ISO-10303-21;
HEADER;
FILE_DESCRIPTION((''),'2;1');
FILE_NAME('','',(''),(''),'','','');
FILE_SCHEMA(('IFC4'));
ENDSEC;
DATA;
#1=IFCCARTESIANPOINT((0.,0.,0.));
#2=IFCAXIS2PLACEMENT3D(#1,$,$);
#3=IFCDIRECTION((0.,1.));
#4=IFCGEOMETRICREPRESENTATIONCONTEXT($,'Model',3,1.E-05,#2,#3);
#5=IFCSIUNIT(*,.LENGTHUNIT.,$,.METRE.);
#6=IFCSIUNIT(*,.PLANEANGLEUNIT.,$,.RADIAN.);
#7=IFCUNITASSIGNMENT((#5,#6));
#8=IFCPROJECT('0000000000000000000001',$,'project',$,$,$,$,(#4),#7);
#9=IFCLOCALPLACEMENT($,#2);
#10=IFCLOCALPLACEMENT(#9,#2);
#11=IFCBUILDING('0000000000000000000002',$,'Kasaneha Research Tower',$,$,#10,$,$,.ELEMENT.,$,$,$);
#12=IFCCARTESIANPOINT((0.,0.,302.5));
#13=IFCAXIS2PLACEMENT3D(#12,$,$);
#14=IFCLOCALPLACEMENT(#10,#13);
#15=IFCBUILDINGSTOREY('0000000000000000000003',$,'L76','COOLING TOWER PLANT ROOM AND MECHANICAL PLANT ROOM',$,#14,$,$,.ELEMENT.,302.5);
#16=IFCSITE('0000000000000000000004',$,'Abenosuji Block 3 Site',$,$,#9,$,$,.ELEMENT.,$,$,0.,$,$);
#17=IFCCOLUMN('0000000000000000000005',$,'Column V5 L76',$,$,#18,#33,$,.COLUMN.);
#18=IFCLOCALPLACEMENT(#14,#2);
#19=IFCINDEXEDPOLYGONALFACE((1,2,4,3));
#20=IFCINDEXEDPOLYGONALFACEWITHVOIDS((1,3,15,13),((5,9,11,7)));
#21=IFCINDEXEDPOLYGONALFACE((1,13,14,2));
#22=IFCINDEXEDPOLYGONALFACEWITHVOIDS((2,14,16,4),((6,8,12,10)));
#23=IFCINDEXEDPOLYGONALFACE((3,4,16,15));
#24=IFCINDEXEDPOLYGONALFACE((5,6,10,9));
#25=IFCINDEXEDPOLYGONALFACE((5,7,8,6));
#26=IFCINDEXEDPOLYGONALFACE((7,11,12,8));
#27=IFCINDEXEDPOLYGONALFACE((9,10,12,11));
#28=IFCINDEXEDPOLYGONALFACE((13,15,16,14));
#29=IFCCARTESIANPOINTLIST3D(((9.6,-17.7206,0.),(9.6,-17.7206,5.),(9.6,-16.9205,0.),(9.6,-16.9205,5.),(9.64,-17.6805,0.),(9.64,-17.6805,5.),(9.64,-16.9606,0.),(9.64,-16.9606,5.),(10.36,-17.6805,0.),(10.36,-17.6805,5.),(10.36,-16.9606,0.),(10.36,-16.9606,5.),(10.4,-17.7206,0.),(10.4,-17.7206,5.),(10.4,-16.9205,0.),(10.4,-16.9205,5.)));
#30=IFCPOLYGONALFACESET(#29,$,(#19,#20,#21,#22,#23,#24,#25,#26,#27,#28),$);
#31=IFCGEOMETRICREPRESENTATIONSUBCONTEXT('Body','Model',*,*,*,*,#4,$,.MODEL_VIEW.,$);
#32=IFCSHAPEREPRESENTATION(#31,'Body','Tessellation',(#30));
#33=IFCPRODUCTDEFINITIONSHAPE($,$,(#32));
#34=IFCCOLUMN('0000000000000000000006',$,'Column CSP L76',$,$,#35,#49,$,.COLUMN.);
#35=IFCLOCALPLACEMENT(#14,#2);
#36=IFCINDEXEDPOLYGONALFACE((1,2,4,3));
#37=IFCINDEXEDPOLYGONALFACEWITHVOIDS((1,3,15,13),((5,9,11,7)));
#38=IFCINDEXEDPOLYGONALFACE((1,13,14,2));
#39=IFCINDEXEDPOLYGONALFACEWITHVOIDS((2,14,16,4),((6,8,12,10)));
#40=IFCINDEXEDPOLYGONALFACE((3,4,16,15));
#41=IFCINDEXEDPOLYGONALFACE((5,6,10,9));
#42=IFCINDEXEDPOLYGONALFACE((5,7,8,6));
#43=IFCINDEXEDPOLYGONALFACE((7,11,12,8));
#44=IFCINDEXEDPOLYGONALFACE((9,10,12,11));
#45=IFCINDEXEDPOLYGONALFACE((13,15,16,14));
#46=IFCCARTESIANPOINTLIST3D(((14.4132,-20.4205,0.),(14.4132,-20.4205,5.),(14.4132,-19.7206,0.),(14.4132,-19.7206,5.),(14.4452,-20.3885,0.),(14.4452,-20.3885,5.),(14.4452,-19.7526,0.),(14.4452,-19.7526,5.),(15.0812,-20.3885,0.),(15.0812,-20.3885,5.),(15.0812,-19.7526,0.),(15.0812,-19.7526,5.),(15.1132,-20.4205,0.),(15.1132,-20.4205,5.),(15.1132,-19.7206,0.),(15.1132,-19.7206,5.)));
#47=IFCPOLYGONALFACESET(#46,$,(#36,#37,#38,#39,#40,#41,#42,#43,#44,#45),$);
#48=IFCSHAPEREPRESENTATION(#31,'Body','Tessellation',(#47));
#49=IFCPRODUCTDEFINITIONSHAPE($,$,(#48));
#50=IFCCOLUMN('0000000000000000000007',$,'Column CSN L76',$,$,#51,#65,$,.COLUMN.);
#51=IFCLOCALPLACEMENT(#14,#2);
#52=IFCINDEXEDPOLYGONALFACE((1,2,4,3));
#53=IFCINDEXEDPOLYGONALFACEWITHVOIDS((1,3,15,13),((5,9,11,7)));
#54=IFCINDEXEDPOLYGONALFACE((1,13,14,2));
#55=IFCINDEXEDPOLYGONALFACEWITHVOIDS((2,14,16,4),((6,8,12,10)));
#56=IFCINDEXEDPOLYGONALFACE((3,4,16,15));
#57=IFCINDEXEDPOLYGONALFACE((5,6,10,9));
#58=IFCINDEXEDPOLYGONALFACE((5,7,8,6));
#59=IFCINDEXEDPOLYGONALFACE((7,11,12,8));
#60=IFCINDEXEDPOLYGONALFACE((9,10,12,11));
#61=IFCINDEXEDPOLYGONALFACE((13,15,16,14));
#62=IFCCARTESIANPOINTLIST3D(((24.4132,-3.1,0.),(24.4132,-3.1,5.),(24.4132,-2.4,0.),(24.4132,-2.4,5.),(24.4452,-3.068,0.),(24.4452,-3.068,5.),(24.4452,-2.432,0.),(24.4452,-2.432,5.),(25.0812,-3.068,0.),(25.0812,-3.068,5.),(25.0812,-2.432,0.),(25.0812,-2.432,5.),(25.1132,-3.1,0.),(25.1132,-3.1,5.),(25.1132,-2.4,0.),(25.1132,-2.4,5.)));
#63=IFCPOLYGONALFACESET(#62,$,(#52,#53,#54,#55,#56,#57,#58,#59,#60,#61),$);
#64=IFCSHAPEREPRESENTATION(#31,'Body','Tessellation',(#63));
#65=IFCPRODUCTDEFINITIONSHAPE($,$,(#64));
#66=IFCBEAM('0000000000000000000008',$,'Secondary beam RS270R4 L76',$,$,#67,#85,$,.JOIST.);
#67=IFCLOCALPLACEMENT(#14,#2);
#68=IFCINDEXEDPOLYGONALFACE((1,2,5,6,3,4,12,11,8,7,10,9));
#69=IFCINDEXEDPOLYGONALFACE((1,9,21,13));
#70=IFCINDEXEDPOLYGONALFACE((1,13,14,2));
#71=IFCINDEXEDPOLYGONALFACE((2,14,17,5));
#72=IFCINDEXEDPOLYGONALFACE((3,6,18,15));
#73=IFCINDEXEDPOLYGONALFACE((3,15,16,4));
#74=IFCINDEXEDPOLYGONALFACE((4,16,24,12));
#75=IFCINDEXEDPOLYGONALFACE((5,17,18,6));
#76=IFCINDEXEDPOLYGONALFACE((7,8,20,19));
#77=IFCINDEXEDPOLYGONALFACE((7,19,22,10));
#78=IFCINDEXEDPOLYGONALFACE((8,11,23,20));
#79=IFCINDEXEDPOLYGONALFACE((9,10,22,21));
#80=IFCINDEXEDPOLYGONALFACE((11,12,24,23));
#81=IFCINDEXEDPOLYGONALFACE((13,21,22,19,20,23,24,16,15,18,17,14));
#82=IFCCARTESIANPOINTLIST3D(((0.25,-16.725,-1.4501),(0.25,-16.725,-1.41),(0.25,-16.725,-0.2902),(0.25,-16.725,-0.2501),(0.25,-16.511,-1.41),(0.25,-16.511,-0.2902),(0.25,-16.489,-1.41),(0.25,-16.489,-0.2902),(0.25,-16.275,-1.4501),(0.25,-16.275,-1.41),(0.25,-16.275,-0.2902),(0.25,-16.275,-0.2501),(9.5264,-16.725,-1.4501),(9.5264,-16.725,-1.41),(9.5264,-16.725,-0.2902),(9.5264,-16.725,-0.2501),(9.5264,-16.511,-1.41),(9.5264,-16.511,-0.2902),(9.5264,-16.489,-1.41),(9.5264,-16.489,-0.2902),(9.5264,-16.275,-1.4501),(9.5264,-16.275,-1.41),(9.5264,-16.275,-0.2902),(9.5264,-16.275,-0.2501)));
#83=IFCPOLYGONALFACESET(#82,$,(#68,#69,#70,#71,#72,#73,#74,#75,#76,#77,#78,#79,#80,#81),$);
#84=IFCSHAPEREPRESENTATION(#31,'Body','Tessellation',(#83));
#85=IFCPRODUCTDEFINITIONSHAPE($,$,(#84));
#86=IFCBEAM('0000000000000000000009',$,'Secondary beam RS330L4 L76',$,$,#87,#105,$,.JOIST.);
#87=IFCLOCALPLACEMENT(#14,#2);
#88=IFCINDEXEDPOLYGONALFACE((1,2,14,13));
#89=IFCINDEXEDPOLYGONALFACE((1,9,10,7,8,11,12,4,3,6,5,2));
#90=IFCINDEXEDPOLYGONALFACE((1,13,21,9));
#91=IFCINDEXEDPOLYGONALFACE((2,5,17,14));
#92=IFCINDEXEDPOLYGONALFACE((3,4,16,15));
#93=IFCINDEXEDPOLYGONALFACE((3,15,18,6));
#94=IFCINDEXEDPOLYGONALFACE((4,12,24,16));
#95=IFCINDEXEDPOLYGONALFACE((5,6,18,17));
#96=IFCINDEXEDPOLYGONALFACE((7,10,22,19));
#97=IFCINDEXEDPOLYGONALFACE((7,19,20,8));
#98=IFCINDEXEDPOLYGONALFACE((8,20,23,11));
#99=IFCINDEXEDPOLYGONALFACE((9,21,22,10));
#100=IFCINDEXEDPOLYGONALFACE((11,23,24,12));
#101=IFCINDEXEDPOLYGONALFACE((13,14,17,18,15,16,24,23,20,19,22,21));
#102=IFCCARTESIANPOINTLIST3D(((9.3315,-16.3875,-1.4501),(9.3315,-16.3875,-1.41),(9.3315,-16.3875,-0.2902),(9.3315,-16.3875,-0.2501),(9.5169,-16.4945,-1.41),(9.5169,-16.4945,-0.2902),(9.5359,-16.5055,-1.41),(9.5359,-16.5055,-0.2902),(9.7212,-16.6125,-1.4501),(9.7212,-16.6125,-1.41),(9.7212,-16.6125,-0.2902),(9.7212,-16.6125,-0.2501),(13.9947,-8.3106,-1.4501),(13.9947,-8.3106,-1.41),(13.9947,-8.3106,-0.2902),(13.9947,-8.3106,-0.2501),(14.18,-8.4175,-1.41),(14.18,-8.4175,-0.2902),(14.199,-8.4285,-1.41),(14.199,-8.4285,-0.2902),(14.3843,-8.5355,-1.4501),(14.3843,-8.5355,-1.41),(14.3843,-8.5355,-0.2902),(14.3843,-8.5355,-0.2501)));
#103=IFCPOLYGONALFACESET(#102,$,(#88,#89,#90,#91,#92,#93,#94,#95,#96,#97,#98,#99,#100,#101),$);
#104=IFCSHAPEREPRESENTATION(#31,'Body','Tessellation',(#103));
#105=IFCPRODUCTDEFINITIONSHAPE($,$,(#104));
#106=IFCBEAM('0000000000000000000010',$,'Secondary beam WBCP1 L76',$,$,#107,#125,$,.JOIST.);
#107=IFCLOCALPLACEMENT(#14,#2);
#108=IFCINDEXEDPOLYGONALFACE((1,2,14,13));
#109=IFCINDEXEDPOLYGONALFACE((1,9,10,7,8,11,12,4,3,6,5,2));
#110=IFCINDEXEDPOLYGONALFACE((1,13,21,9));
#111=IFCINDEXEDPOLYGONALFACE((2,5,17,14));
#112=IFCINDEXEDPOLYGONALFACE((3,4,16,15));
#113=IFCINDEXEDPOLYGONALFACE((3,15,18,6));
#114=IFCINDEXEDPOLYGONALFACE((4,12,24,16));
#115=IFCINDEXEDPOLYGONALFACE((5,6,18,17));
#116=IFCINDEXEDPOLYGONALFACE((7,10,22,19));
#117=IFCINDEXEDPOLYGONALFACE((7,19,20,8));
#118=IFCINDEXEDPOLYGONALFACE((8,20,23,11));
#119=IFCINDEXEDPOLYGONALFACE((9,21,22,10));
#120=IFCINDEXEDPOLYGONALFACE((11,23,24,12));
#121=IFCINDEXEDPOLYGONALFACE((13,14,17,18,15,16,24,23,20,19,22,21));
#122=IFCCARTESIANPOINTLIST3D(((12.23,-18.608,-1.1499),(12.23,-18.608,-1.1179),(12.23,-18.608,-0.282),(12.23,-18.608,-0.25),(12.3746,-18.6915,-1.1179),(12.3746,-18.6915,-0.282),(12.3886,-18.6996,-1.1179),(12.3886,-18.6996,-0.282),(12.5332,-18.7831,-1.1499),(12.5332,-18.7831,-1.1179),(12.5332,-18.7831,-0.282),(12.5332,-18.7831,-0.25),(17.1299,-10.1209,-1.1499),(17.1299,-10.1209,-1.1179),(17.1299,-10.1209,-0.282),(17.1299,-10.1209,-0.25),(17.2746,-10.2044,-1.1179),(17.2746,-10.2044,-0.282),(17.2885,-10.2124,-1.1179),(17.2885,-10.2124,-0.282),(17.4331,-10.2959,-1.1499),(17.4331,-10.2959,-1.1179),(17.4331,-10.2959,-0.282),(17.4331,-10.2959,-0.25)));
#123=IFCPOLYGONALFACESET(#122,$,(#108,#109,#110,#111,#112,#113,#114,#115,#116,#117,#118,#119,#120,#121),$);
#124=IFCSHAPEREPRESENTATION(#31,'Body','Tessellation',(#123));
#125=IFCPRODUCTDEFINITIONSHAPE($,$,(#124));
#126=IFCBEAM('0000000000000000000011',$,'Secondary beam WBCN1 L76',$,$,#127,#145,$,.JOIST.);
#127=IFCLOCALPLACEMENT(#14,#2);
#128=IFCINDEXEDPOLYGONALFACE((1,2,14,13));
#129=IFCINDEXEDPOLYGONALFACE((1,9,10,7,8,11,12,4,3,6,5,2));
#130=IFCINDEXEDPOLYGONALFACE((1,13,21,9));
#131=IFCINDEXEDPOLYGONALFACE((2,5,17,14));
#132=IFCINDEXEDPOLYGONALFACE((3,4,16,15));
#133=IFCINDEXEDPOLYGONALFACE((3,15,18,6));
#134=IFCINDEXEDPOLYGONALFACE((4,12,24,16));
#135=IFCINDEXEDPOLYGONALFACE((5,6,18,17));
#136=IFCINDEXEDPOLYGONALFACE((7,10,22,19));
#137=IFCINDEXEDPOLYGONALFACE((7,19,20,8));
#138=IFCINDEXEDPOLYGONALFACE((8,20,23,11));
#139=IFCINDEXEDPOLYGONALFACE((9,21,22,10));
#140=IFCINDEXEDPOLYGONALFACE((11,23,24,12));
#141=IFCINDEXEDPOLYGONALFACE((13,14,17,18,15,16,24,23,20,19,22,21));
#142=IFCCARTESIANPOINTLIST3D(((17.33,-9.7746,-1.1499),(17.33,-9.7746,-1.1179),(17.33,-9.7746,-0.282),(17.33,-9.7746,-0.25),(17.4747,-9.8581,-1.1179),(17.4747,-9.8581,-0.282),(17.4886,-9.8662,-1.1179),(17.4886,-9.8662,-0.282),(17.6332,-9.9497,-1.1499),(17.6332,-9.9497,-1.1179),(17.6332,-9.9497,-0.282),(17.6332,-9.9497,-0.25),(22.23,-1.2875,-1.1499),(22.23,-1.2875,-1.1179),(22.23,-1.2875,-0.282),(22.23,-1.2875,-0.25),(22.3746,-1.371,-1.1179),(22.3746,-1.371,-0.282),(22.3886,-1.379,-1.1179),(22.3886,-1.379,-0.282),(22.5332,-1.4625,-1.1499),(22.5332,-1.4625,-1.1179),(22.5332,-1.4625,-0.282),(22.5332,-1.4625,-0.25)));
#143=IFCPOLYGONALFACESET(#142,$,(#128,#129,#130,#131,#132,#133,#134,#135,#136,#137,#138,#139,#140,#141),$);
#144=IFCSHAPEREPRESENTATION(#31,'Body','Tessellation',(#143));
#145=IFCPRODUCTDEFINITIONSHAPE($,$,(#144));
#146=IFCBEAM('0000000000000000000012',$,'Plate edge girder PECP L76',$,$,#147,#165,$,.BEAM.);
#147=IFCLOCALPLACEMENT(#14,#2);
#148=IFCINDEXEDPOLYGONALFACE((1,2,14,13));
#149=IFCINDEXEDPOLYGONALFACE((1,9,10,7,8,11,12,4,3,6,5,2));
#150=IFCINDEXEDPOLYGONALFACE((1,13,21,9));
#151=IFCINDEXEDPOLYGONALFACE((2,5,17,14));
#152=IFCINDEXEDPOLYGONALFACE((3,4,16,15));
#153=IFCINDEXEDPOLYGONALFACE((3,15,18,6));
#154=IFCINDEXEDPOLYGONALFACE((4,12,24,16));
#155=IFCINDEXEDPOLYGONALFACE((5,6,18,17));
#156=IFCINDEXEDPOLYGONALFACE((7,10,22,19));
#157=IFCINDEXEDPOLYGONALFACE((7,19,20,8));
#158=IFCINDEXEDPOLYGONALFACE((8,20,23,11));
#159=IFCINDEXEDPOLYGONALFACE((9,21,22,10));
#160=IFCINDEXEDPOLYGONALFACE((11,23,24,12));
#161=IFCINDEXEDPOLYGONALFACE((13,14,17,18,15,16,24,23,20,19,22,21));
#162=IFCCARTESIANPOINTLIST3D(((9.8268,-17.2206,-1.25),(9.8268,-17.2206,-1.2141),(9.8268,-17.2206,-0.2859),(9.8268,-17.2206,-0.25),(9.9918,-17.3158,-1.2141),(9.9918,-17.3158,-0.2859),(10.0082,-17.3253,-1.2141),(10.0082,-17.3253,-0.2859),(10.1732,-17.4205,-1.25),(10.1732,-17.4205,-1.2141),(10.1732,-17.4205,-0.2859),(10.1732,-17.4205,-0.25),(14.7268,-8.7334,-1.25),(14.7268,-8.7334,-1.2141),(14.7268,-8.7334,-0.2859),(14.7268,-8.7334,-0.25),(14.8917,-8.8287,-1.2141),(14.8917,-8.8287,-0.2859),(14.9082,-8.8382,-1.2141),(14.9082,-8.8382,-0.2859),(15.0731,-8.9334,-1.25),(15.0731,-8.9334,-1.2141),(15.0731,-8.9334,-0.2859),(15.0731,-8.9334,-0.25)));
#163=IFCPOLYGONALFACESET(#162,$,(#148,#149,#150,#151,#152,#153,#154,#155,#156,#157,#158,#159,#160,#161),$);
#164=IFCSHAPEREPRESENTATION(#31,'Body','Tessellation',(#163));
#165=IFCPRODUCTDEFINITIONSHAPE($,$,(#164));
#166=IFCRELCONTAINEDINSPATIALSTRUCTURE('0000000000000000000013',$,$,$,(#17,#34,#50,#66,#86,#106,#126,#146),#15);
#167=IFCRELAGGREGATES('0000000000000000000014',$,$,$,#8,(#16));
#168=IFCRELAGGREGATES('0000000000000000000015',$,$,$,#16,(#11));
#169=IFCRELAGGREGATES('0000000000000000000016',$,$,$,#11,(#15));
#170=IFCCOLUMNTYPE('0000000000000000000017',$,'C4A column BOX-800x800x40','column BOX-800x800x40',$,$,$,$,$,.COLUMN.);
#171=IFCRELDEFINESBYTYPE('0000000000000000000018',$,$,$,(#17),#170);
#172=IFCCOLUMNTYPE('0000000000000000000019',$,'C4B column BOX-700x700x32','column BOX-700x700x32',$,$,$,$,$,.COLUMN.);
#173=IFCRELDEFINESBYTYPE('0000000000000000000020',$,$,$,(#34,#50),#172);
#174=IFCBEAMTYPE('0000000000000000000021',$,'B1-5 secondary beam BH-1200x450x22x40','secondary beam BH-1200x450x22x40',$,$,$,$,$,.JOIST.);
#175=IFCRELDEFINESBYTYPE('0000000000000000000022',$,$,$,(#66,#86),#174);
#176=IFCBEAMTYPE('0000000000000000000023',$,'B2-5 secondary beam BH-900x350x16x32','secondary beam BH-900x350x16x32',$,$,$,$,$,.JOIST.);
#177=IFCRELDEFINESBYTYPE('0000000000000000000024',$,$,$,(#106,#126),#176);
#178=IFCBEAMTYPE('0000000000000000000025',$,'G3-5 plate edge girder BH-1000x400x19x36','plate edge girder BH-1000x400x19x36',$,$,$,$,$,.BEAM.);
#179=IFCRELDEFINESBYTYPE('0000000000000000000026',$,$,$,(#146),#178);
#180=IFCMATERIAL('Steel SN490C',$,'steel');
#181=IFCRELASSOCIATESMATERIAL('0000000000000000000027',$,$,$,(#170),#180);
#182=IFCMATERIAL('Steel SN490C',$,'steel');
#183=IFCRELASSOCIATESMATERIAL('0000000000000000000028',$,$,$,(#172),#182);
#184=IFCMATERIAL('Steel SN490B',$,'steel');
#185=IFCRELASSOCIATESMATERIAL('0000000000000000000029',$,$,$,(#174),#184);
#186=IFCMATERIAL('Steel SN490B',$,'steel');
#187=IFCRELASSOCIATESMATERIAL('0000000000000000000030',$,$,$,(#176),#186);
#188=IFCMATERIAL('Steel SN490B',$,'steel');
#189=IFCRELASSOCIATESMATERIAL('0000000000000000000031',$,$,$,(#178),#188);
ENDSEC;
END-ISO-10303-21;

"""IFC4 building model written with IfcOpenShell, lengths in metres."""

from ifc_helpers import new_model, si_unit, direction, frame, origin, origin_2d, place, context, subcontext, project, spatial, hollow_rectangle, i_section, extrude, material, material_profile, profile_set, type_object, element, save


model = new_model("IFC4")

# Units and contexts
model_context = context("Model", 3, precision=1e-05, world=origin(), true_north=direction((0.0, 1.0)))
body_context = subcontext(model_context, "Body", "Model", "MODEL_VIEW")
ifc_project = project(units=[si_unit("LENGTHUNIT", "METRE"), si_unit("PLANEANGLEUNIT", "RADIAN")], contexts=[model_context])

# Site, building, storey
site_placement = place(None, origin())
site = spatial("IfcSite", under=ifc_project, at=site_placement, Name="Abenosuji Block 3 Site", CompositionType="ELEMENT", RefElevation=0.0)
building_placement = place(site_placement, origin())
building = spatial("IfcBuilding", under=site, at=building_placement, Name="Kasaneha Research Tower", CompositionType="ELEMENT")
storey_placement = place(building_placement, frame((0.0, 0.0, 302.5)))
storey = spatial("IfcBuildingStorey", under=building, at=storey_placement, Name="L76", Description="COOLING TOWER PLANT ROOM AND MECHANICAL PLANT ROOM", CompositionType="ELEMENT", Elevation=302.5)

# Columns
ifc_material_1 = material(Name="Steel SN490C", Category="steel")
ifc_material_profile_1 = material_profile(ifc_material_1, hollow_rectangle(XDim=0.8, YDim=0.8, WallThickness=0.04, at=origin_2d()), Name="BOX-800x800x40")
ifc_profile_set_1 = profile_set([ifc_material_profile_1], Name="Steel SN490C")
column_type_1 = type_object("IfcColumnType", Name="C4A column BOX-800x800x40", Description="column BOX-800x800x40", PredefinedType="COLUMN", material=ifc_profile_set_1)
column_placement = place(storey_placement, frame((10.0, -17.3206, 0.0), z_axis=(0.0, 0.0, 1.0), x_axis=(1.0, 0.0, 0.0)))
element("IfcColumn", 1, at=column_placement, inside=storey, type_object=column_type_1, Name="Column V5 L76", PredefinedType="COLUMN", context=body_context, shape_type="SweptSolid", body=[
    extrude(hollow_rectangle(XDim=0.8, YDim=0.8, WallThickness=0.04, at=origin_2d()), origin(), (0.0, 0.0, 1.0), 5.0),
])
ifc_material_2 = material(Name="Steel SN490C", Category="steel")
ifc_material_profile_2 = material_profile(ifc_material_2, hollow_rectangle(XDim=0.7, YDim=0.7, WallThickness=0.032, at=origin_2d()), Name="BOX-700x700x32")
ifc_profile_set_2 = profile_set([ifc_material_profile_2], Name="Steel SN490C")
column_type_2 = type_object("IfcColumnType", Name="C4B column BOX-700x700x32", Description="column BOX-700x700x32", PredefinedType="COLUMN", material=ifc_profile_set_2)
for number, where, z_axis, x_axis, name in (
    (2, (14.7632, -20.0706, 0.0), (0.0, 0.0, 1.0), (1.0, 0.0, 0.0), "Column CSP L76"),
    (3, (24.7632, -2.75, 0.0), (0.0, 0.0, 1.0), (1.0, 0.0, 0.0), "Column CSN L76"),
):
    element("IfcColumn", number, at=place(storey_placement, frame(where, z_axis=z_axis, x_axis=x_axis)), inside=storey, type_object=column_type_2, Name=name, PredefinedType="COLUMN", context=body_context, shape_type="SweptSolid", body=[
        extrude(hollow_rectangle(XDim=0.7, YDim=0.7, WallThickness=0.032, at=origin_2d()), origin(), (0.0, 0.0, 1.0), 5.0),
    ])

# Beams
ifc_material_3 = material(Name="Steel SN490B", Category="steel")
ifc_material_profile_3 = material_profile(ifc_material_3, i_section(OverallWidth=0.45, OverallDepth=1.2, WebThickness=0.022, FlangeThickness=0.04, at=origin_2d()), Name="BH-1200x450x22x40")
ifc_profile_set_3 = profile_set([ifc_material_profile_3], Name="Steel SN490B")
beam_type_1 = type_object("IfcBeamType", Name="B1-5 secondary beam BH-1200x450x22x40", Description="secondary beam BH-1200x450x22x40", PredefinedType="JOIST", material=ifc_profile_set_3)
beam_1_placement = place(storey_placement, frame((9.5264, -16.5, -0.8501), z_axis=(-1.0, 0.0, 0.0), x_axis=(0.0, -1.0, 0.0)))
element("IfcBeam", 4, at=beam_1_placement, inside=storey, type_object=beam_type_1, Name="Secondary beam RS270R4 L76", PredefinedType="JOIST", context=body_context, shape_type="SweptSolid", body=[
    extrude(i_section(OverallWidth=0.45, OverallDepth=1.2, WebThickness=0.022, FlangeThickness=0.04, at=origin_2d()), origin(), (0.0, 0.0, 1.0), 9.2764),
])
beam_2_placement = place(storey_placement, frame((9.5264, -16.5, -0.8501), z_axis=(0.499991, 0.866031, 0.0), x_axis=(-0.866031, 0.499991, 0.0)))
element("IfcBeam", 5, at=beam_2_placement, inside=storey, type_object=beam_type_1, Name="Secondary beam RS330L4 L76", PredefinedType="JOIST", context=body_context, shape_type="SweptSolid", body=[
    extrude(i_section(OverallWidth=0.45, OverallDepth=1.2, WebThickness=0.022, FlangeThickness=0.04, at=origin_2d()), origin(), (0.0, 0.0, 1.0), 9.3264),
])
ifc_material_4 = material(Name="Steel SN490B", Category="steel")
ifc_material_profile_4 = material_profile(ifc_material_4, i_section(OverallWidth=0.3501, OverallDepth=0.8999, WebThickness=0.0161, FlangeThickness=0.032, at=origin_2d()), Name="BH-900x350x16x32")
ifc_profile_set_4 = profile_set([ifc_material_profile_4], Name="Steel SN490B")
beam_type_2 = type_object("IfcBeamType", Name="B2-5 secondary beam BH-900x350x16x32", Description="secondary beam BH-900x350x16x32", PredefinedType="JOIST", material=ifc_profile_set_4)
for number, where, z_axis, x_axis, name in (
    (6, (12.3816, -18.6956, -0.7), (0.499992, 0.86603, 0.0), (-0.86603, 0.499992, 0.0), "Secondary beam WBCP1 L76"),
    (7, (22.3816, -1.375, -0.7), (-0.499992, -0.86603, 0.0), (0.86603, -0.499992, 0.0), "Secondary beam WBCN1 L76"),
):
    element("IfcBeam", number, at=place(storey_placement, frame(where, z_axis=z_axis, x_axis=x_axis)), inside=storey, type_object=beam_type_2, Name=name, PredefinedType="JOIST", context=body_context, shape_type="SweptSolid", body=[
        extrude(i_section(OverallWidth=0.3501, OverallDepth=0.8999, WebThickness=0.0161, FlangeThickness=0.032, at=origin_2d()), origin(), (0.0, 0.0, 1.0), 9.8),
    ])
ifc_material_5 = material(Name="Steel SN490B", Category="steel")
ifc_material_profile_5 = material_profile(ifc_material_5, i_section(OverallWidth=0.3999, OverallDepth=1.0, WebThickness=0.019, FlangeThickness=0.0359, at=origin_2d()), Name="BH-1000x400x19x36")
ifc_profile_set_5 = profile_set([ifc_material_profile_5], Name="Steel SN490B")
beam_type_3 = type_object("IfcBeamType", Name="G3-5 plate edge girder BH-1000x400x19x36", Description="plate edge girder BH-1000x400x19x36", PredefinedType="BEAM", material=ifc_profile_set_5)
beam_3_placement = place(storey_placement, frame((10.0, -17.3206, -0.75), z_axis=(0.499992, 0.86603, 0.0), x_axis=(-0.86603, 0.499992, 0.0)))
element("IfcBeam", 8, at=beam_3_placement, inside=storey, type_object=beam_type_3, Name="Plate edge girder PECP L76", PredefinedType="BEAM", context=body_context, shape_type="SweptSolid", body=[
    extrude(i_section(OverallWidth=0.3999, OverallDepth=1.0, WebThickness=0.019, FlangeThickness=0.0359, at=origin_2d()), origin(), (0.0, 0.0, 1.0), 9.8),
])

save(model, "model.ifc")
